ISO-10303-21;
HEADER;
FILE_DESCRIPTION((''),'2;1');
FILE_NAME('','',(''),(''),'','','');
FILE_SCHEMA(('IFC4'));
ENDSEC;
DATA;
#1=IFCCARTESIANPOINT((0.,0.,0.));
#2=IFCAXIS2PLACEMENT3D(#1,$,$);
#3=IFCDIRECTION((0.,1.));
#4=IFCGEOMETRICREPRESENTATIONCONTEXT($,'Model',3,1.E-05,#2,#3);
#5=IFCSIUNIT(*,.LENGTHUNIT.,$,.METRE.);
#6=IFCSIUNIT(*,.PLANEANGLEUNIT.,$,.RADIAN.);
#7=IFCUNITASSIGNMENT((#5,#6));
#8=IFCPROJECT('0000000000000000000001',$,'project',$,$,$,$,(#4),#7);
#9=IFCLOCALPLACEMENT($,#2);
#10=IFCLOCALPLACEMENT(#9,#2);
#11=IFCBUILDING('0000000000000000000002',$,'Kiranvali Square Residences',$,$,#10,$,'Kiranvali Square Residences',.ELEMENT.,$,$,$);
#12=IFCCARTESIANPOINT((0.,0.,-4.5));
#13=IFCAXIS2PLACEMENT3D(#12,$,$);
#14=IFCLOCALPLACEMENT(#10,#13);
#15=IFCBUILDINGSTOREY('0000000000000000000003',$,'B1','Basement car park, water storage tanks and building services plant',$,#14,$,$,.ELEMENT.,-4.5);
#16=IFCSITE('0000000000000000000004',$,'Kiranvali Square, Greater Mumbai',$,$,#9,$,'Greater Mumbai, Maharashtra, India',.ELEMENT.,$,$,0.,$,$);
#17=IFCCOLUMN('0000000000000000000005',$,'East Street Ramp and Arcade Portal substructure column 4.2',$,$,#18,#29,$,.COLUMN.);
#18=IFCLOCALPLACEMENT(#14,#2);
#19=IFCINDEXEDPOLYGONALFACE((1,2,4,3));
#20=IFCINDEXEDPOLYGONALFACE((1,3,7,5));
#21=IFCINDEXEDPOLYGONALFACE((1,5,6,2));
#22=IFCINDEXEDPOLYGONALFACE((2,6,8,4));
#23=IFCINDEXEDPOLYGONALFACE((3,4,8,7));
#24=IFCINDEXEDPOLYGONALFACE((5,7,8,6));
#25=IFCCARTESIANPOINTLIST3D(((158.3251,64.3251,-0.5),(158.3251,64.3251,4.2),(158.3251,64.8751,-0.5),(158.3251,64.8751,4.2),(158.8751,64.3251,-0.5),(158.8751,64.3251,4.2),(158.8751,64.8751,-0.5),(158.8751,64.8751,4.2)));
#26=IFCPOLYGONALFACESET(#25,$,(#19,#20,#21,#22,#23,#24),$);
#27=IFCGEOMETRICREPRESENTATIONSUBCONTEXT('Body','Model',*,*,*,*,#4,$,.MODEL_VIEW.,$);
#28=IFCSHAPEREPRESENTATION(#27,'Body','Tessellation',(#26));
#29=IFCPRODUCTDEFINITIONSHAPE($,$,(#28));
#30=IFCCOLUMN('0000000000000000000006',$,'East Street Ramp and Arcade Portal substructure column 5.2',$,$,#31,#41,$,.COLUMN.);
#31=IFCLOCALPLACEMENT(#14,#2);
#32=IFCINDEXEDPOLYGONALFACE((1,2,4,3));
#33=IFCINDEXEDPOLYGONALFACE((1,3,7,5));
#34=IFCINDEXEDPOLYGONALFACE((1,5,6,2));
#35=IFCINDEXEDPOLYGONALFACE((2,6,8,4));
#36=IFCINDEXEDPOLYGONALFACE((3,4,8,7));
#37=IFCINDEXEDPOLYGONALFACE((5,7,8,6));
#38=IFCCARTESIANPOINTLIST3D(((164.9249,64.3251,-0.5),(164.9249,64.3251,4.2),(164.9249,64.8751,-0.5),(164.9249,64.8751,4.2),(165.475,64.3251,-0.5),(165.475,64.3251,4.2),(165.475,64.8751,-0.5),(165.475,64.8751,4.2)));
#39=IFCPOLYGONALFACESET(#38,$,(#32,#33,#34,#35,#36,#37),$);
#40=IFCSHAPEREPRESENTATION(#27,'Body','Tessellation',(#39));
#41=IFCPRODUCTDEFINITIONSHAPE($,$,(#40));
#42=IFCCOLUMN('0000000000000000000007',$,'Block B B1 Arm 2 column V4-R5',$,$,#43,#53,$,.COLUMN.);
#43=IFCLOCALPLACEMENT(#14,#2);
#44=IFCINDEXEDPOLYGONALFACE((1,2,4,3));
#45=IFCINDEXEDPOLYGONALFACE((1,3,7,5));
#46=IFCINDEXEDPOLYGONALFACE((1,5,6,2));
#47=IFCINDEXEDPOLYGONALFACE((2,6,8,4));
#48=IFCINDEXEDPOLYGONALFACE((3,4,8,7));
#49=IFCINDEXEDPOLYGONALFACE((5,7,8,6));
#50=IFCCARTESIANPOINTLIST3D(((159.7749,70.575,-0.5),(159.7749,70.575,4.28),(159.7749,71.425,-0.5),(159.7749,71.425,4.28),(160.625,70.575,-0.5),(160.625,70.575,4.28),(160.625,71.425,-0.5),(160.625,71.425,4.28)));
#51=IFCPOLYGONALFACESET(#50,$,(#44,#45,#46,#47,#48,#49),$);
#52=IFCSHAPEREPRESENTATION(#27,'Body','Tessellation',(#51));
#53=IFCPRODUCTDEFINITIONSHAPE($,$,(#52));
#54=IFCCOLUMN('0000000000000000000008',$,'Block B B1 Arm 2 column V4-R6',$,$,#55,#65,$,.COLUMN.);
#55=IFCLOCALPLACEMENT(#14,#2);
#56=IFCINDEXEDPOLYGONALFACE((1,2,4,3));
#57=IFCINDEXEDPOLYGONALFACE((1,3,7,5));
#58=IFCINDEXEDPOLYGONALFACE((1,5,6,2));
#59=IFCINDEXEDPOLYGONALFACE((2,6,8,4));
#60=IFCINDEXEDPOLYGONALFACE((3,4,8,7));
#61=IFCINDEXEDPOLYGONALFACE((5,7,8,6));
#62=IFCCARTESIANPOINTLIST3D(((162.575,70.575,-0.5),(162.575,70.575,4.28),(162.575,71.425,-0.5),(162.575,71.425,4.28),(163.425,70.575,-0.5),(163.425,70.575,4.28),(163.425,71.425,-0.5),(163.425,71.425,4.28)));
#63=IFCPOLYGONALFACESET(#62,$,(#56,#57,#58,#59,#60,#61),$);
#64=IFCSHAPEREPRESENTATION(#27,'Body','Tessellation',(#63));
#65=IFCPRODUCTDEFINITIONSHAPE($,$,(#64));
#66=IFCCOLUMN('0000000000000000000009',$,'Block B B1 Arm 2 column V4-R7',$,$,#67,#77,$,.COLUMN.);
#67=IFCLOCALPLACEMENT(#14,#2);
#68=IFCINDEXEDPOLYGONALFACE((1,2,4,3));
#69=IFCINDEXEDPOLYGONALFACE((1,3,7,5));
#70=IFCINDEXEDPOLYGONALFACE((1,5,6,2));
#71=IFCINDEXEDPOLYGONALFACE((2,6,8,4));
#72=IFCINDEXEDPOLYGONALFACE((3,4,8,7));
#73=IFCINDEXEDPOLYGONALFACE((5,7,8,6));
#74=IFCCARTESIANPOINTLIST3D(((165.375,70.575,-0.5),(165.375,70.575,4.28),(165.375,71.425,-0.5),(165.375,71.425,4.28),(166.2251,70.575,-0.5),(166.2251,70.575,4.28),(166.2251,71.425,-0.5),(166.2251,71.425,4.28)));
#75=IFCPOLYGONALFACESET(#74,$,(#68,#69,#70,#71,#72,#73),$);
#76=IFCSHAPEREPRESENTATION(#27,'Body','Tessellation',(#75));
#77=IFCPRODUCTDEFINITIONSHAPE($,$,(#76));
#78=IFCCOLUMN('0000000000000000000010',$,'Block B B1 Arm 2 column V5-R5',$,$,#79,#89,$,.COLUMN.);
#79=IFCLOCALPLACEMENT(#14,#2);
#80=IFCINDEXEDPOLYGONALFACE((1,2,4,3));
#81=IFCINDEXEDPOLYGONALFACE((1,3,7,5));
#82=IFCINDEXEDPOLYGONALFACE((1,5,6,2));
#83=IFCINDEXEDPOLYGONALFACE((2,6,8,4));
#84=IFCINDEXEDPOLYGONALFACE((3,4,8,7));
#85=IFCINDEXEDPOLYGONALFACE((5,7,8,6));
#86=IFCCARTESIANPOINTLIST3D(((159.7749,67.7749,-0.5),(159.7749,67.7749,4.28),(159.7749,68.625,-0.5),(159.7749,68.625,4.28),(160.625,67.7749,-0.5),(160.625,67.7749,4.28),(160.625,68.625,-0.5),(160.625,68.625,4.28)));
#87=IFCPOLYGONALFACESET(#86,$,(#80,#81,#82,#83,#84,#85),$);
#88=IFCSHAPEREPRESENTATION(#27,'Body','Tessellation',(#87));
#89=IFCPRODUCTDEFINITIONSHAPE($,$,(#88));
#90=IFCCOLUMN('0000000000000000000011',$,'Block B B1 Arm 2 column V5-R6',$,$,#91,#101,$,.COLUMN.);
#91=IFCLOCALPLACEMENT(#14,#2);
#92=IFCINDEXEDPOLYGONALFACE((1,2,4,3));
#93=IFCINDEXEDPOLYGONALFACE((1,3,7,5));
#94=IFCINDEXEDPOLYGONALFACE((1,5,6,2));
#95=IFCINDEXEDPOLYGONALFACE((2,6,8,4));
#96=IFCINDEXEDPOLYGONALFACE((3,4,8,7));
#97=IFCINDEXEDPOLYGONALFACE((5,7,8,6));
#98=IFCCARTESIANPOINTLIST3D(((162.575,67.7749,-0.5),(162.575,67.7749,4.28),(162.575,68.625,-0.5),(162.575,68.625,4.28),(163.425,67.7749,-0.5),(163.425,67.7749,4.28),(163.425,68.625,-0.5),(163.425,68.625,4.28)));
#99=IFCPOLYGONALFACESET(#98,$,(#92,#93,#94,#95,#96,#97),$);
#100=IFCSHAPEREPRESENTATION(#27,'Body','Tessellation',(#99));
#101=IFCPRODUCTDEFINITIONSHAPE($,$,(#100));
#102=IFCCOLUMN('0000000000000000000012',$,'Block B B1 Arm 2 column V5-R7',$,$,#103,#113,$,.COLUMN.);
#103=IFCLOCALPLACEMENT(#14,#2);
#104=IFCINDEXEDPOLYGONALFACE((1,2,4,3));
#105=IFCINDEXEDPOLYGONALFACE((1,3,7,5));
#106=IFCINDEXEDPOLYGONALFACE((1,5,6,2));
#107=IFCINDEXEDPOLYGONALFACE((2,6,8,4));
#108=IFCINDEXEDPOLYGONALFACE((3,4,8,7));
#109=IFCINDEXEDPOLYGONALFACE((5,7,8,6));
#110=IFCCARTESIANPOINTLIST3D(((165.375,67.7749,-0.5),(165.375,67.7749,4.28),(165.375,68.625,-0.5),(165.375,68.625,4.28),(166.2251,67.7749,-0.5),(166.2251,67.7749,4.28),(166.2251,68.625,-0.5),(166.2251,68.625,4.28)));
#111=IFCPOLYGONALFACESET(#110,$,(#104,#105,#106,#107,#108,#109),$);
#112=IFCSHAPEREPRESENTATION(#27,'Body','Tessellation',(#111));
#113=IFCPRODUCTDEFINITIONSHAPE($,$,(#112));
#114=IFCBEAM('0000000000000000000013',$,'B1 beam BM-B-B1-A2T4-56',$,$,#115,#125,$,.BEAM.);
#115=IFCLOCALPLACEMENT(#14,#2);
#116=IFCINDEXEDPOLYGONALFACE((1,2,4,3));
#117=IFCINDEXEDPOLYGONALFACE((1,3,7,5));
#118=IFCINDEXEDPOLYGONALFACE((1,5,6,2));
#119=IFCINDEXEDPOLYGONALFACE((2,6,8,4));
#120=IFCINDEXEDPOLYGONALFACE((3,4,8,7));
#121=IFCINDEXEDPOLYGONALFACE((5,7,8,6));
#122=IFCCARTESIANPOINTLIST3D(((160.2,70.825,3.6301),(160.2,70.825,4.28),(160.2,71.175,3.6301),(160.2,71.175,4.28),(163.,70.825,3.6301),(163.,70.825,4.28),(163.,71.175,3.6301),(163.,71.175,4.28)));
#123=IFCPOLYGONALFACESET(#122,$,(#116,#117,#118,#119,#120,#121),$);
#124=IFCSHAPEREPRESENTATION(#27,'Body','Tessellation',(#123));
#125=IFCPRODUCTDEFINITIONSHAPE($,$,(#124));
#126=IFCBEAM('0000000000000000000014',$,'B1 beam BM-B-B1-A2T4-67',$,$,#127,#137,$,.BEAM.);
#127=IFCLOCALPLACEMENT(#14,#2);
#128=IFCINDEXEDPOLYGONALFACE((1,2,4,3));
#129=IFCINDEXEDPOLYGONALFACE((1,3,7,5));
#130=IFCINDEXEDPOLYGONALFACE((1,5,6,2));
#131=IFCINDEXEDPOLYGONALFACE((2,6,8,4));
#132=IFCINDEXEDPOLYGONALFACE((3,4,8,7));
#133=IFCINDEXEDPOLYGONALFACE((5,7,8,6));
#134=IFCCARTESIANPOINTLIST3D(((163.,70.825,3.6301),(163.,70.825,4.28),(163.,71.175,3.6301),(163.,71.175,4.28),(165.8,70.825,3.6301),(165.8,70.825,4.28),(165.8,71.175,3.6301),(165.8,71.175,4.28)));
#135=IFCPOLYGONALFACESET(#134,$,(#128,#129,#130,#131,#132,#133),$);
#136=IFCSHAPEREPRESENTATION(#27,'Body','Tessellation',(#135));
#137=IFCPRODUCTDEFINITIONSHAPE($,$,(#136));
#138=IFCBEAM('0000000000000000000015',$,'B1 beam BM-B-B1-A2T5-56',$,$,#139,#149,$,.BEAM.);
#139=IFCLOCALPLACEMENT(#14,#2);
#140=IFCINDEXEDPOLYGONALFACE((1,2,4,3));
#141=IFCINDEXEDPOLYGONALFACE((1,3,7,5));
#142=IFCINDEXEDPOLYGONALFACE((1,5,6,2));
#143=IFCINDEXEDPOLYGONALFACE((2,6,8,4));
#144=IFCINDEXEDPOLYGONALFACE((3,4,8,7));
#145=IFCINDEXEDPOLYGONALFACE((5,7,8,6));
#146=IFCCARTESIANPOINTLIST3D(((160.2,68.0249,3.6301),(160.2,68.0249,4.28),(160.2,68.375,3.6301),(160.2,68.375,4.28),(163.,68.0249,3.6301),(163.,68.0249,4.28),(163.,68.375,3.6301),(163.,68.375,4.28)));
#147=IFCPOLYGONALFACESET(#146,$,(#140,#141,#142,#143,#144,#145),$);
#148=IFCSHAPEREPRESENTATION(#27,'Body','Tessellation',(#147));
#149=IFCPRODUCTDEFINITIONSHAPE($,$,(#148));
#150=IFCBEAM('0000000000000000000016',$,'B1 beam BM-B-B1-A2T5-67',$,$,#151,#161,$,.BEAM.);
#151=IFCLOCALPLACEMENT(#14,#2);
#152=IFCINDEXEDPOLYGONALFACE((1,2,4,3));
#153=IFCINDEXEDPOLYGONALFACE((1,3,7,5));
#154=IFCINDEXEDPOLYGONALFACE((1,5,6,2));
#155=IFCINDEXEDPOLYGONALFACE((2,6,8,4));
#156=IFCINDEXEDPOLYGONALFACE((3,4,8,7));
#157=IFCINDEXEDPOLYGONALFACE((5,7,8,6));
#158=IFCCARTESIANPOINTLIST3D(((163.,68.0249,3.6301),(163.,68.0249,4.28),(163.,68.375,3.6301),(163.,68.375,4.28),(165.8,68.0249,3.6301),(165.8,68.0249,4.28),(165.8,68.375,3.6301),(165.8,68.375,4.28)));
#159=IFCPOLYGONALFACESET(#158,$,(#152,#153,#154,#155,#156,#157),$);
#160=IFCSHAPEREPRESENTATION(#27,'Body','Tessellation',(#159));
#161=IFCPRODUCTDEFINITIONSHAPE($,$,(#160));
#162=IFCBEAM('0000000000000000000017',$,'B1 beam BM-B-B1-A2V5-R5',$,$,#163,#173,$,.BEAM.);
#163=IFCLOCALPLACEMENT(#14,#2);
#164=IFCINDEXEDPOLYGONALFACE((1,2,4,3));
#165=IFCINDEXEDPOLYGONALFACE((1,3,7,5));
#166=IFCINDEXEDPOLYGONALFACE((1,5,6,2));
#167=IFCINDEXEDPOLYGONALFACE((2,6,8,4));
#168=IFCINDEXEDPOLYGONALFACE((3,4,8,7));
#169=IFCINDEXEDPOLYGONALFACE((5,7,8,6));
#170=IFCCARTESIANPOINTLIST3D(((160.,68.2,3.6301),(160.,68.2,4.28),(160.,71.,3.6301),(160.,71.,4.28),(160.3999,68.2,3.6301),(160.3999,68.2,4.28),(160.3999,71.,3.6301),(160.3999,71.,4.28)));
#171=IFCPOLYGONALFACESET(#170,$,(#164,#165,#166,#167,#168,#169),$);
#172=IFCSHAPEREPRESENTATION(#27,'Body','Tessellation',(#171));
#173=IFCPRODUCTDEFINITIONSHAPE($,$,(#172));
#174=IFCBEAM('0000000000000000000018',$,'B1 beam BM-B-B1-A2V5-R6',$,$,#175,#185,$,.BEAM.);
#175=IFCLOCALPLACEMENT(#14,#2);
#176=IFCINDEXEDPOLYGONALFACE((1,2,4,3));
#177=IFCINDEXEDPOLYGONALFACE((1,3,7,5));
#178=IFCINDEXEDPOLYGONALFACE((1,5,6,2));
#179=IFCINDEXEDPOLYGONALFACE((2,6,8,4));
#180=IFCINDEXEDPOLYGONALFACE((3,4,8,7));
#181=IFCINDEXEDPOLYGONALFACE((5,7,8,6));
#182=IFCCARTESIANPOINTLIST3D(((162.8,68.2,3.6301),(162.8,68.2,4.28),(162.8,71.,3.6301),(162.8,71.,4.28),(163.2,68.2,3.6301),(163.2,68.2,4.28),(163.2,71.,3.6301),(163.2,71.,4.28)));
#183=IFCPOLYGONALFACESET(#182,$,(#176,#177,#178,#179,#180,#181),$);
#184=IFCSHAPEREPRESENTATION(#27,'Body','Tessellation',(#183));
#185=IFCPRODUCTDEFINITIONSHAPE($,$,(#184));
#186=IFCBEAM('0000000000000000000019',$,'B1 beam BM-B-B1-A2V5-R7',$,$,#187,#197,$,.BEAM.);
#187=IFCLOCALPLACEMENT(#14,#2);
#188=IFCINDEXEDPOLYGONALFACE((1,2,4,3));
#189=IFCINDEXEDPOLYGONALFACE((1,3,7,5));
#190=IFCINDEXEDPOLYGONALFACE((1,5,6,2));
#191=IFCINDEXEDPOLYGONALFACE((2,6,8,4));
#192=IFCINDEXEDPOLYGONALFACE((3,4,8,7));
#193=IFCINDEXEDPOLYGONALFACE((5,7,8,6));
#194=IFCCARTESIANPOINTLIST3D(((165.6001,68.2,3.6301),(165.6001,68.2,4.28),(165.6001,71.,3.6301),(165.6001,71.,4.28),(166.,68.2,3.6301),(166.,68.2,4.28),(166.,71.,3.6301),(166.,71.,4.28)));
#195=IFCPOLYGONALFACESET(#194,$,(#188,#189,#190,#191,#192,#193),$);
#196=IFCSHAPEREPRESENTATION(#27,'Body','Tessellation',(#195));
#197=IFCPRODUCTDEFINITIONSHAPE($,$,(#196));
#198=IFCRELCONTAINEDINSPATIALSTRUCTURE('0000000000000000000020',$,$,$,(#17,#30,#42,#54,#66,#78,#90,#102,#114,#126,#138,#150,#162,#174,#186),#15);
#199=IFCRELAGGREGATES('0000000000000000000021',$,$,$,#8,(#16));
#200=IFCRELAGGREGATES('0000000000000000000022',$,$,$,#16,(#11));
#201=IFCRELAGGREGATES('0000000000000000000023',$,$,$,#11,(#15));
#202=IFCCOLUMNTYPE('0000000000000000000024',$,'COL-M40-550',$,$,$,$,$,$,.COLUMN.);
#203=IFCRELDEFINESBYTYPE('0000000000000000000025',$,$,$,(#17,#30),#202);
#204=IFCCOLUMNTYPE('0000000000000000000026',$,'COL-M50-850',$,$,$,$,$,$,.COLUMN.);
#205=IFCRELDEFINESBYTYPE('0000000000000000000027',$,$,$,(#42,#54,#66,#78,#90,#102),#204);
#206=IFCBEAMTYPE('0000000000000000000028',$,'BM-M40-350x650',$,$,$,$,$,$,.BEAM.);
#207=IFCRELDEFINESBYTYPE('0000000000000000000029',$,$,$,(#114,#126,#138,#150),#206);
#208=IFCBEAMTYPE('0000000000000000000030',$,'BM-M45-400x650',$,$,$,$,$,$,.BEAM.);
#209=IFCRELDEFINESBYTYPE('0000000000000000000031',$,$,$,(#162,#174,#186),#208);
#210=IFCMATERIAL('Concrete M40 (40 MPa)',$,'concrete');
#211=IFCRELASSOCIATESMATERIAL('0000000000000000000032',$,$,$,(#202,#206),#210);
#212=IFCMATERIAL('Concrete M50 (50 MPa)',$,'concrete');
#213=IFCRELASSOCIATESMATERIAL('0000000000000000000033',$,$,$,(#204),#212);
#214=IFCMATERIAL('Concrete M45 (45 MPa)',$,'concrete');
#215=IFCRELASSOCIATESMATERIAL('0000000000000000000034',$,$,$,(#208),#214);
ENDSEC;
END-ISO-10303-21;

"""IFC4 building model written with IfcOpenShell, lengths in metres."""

from ifc_helpers import new_model, si_unit, direction, frame, origin, origin_2d, place, context, subcontext, project, spatial, rectangle, extrude, material, material_profile, profile_set, type_object, element, save


model = new_model("IFC4")

# Units and contexts
model_context = context("Model", 3, precision=1e-05, world=origin(), true_north=direction((0.0, 1.0)))
body_context = subcontext(model_context, "Body", "Model", "MODEL_VIEW")
ifc_project = project(units=[si_unit("LENGTHUNIT", "METRE"), si_unit("PLANEANGLEUNIT", "RADIAN")], contexts=[model_context])

# Site, building, storey
site_placement = place(None, origin())
site = spatial("IfcSite", under=ifc_project, at=site_placement, Name="Kiranvali Square, Greater Mumbai", LongName="Greater Mumbai, Maharashtra, India", CompositionType="ELEMENT", RefElevation=0.0)
building_placement = place(site_placement, origin())
building = spatial("IfcBuilding", under=site, at=building_placement, Name="Kiranvali Square Residences", LongName="Kiranvali Square Residences", CompositionType="ELEMENT")
storey_placement = place(building_placement, frame((0.0, 0.0, -4.5)))
storey = spatial("IfcBuildingStorey", under=building, at=storey_placement, Name="B1", Description="Basement car park, water storage tanks and building services plant", CompositionType="ELEMENT", Elevation=-4.5)

# Shared definitions
ifc_material_1 = material(Name="Concrete M40 (40 MPa)", Category="concrete")

# Columns
ifc_material_profile_1 = material_profile(ifc_material_1, rectangle(XDim=0.55, YDim=0.55, at=origin_2d()), Name="RC 550x550")
ifc_profile_set_1 = profile_set([ifc_material_profile_1], Name="Concrete M40 (40 MPa)")
column_type_1 = type_object("IfcColumnType", Name="COL-M40-550", PredefinedType="COLUMN", material=ifc_profile_set_1)
for number, where, z_axis, x_axis, name in (
    (1, (158.6001, 64.6001, -0.5), (0.0, 0.0, 1.0), (1.0, 0.0, 0.0), "East Street Ramp and Arcade Portal substructure column 4.2"),
    (2, (165.2, 64.6001, -0.5), (0.0, 0.0, 1.0), (1.0, 0.0, 0.0), "East Street Ramp and Arcade Portal substructure column 5.2"),
):
    element("IfcColumn", number, at=place(storey_placement, frame(where, z_axis=z_axis, x_axis=x_axis)), inside=storey, type_object=column_type_1, Name=name, PredefinedType="COLUMN", context=body_context, shape_type="SweptSolid", body=[
        extrude(rectangle(XDim=0.55, YDim=0.55, at=origin_2d()), origin(), (0.0, 0.0, 1.0), 4.7),
    ])
ifc_material_2 = material(Name="Concrete M50 (50 MPa)", Category="concrete")
ifc_material_profile_2 = material_profile(ifc_material_2, rectangle(XDim=0.8501, YDim=0.8501, at=origin_2d()), Name="RC 850x850")
ifc_profile_set_2 = profile_set([ifc_material_profile_2], Name="Concrete M50 (50 MPa)")
column_type_2 = type_object("IfcColumnType", Name="COL-M50-850", PredefinedType="COLUMN", material=ifc_profile_set_2)
for number, where, z_axis, x_axis, name in (
    (3, (160.2, 71.0, -0.5), (0.0, 0.0, 1.0), (1.0, 0.0, 0.0), "Block B B1 Arm 2 column V4-R5"),
    (4, (163.0, 71.0, -0.5), (0.0, 0.0, 1.0), (1.0, 0.0, 0.0), "Block B B1 Arm 2 column V4-R6"),
    (5, (165.8, 71.0, -0.5), (0.0, 0.0, 1.0), (1.0, 0.0, 0.0), "Block B B1 Arm 2 column V4-R7"),
    (6, (160.2, 68.2, -0.5), (0.0, 0.0, 1.0), (1.0, 0.0, 0.0), "Block B B1 Arm 2 column V5-R5"),
    (7, (163.0, 68.2, -0.5), (0.0, 0.0, 1.0), (1.0, 0.0, 0.0), "Block B B1 Arm 2 column V5-R6"),
    (8, (165.8, 68.2, -0.5), (0.0, 0.0, 1.0), (1.0, 0.0, 0.0), "Block B B1 Arm 2 column V5-R7"),
):
    element("IfcColumn", number, at=place(storey_placement, frame(where, z_axis=z_axis, x_axis=x_axis)), inside=storey, type_object=column_type_2, Name=name, PredefinedType="COLUMN", context=body_context, shape_type="SweptSolid", body=[
        extrude(rectangle(XDim=0.8501, YDim=0.8501, at=origin_2d()), origin(), (0.0, 0.0, 1.0), 4.78),
    ])

# Beams
ifc_material_profile_3 = material_profile(ifc_material_1, rectangle(XDim=0.3501, YDim=0.6499, at=origin_2d()), Name="RC 350x650")
ifc_profile_set_3 = profile_set([ifc_material_profile_3], Name="Concrete M40 (40 MPa)")
beam_type_1 = type_object("IfcBeamType", Name="BM-M40-350x650", PredefinedType="BEAM", material=ifc_profile_set_3)
for number, where, z_axis, x_axis, name in (
    (9, (160.2, 71.0, 3.9551), (1.0, 0.0, 0.0), (0.0, 1.0, 0.0), "B1 beam BM-B-B1-A2T4-56"),
    (10, (163.0, 71.0, 3.9551), (1.0, 0.0, 0.0), (0.0, 1.0, 0.0), "B1 beam BM-B-B1-A2T4-67"),
    (11, (160.2, 68.2, 3.9551), (1.0, 0.0, 0.0), (0.0, 1.0, 0.0), "B1 beam BM-B-B1-A2T5-56"),
    (12, (163.0, 68.2, 3.9551), (1.0, 0.0, 0.0), (0.0, 1.0, 0.0), "B1 beam BM-B-B1-A2T5-67"),
):
    element("IfcBeam", number, at=place(storey_placement, frame(where, z_axis=z_axis, x_axis=x_axis)), inside=storey, type_object=beam_type_1, Name=name, PredefinedType="BEAM", context=body_context, shape_type="SweptSolid", body=[
        extrude(rectangle(XDim=0.3501, YDim=0.6499, at=origin_2d()), origin(), (0.0, 0.0, 1.0), 2.8),
    ])
ifc_material_3 = material(Name="Concrete M45 (45 MPa)", Category="concrete")
ifc_material_profile_4 = material_profile(ifc_material_3, rectangle(XDim=0.3999, YDim=0.6499, at=origin_2d()), Name="RC 400x650")
ifc_profile_set_4 = profile_set([ifc_material_profile_4], Name="Concrete M45 (45 MPa)")
beam_type_2 = type_object("IfcBeamType", Name="BM-M45-400x650", PredefinedType="BEAM", material=ifc_profile_set_4)
for number, where, z_axis, x_axis, name in (
    (13, (160.2, 71.0, 3.9551), (0.0, -1.0, 0.0), (1.0, 0.0, 0.0), "B1 beam BM-B-B1-A2V5-R5"),
    (14, (163.0, 71.0, 3.9551), (0.0, -1.0, 0.0), (1.0, 0.0, 0.0), "B1 beam BM-B-B1-A2V5-R6"),
    (15, (165.8, 71.0, 3.9551), (0.0, -1.0, 0.0), (1.0, 0.0, 0.0), "B1 beam BM-B-B1-A2V5-R7"),
):
    element("IfcBeam", number, at=place(storey_placement, frame(where, z_axis=z_axis, x_axis=x_axis)), inside=storey, type_object=beam_type_2, Name=name, PredefinedType="BEAM", context=body_context, shape_type="SweptSolid", body=[
        extrude(rectangle(XDim=0.3999, YDim=0.6499, at=origin_2d()), origin(), (0.0, 0.0, 1.0), 2.8),
    ])

save(model, "model.ifc")
